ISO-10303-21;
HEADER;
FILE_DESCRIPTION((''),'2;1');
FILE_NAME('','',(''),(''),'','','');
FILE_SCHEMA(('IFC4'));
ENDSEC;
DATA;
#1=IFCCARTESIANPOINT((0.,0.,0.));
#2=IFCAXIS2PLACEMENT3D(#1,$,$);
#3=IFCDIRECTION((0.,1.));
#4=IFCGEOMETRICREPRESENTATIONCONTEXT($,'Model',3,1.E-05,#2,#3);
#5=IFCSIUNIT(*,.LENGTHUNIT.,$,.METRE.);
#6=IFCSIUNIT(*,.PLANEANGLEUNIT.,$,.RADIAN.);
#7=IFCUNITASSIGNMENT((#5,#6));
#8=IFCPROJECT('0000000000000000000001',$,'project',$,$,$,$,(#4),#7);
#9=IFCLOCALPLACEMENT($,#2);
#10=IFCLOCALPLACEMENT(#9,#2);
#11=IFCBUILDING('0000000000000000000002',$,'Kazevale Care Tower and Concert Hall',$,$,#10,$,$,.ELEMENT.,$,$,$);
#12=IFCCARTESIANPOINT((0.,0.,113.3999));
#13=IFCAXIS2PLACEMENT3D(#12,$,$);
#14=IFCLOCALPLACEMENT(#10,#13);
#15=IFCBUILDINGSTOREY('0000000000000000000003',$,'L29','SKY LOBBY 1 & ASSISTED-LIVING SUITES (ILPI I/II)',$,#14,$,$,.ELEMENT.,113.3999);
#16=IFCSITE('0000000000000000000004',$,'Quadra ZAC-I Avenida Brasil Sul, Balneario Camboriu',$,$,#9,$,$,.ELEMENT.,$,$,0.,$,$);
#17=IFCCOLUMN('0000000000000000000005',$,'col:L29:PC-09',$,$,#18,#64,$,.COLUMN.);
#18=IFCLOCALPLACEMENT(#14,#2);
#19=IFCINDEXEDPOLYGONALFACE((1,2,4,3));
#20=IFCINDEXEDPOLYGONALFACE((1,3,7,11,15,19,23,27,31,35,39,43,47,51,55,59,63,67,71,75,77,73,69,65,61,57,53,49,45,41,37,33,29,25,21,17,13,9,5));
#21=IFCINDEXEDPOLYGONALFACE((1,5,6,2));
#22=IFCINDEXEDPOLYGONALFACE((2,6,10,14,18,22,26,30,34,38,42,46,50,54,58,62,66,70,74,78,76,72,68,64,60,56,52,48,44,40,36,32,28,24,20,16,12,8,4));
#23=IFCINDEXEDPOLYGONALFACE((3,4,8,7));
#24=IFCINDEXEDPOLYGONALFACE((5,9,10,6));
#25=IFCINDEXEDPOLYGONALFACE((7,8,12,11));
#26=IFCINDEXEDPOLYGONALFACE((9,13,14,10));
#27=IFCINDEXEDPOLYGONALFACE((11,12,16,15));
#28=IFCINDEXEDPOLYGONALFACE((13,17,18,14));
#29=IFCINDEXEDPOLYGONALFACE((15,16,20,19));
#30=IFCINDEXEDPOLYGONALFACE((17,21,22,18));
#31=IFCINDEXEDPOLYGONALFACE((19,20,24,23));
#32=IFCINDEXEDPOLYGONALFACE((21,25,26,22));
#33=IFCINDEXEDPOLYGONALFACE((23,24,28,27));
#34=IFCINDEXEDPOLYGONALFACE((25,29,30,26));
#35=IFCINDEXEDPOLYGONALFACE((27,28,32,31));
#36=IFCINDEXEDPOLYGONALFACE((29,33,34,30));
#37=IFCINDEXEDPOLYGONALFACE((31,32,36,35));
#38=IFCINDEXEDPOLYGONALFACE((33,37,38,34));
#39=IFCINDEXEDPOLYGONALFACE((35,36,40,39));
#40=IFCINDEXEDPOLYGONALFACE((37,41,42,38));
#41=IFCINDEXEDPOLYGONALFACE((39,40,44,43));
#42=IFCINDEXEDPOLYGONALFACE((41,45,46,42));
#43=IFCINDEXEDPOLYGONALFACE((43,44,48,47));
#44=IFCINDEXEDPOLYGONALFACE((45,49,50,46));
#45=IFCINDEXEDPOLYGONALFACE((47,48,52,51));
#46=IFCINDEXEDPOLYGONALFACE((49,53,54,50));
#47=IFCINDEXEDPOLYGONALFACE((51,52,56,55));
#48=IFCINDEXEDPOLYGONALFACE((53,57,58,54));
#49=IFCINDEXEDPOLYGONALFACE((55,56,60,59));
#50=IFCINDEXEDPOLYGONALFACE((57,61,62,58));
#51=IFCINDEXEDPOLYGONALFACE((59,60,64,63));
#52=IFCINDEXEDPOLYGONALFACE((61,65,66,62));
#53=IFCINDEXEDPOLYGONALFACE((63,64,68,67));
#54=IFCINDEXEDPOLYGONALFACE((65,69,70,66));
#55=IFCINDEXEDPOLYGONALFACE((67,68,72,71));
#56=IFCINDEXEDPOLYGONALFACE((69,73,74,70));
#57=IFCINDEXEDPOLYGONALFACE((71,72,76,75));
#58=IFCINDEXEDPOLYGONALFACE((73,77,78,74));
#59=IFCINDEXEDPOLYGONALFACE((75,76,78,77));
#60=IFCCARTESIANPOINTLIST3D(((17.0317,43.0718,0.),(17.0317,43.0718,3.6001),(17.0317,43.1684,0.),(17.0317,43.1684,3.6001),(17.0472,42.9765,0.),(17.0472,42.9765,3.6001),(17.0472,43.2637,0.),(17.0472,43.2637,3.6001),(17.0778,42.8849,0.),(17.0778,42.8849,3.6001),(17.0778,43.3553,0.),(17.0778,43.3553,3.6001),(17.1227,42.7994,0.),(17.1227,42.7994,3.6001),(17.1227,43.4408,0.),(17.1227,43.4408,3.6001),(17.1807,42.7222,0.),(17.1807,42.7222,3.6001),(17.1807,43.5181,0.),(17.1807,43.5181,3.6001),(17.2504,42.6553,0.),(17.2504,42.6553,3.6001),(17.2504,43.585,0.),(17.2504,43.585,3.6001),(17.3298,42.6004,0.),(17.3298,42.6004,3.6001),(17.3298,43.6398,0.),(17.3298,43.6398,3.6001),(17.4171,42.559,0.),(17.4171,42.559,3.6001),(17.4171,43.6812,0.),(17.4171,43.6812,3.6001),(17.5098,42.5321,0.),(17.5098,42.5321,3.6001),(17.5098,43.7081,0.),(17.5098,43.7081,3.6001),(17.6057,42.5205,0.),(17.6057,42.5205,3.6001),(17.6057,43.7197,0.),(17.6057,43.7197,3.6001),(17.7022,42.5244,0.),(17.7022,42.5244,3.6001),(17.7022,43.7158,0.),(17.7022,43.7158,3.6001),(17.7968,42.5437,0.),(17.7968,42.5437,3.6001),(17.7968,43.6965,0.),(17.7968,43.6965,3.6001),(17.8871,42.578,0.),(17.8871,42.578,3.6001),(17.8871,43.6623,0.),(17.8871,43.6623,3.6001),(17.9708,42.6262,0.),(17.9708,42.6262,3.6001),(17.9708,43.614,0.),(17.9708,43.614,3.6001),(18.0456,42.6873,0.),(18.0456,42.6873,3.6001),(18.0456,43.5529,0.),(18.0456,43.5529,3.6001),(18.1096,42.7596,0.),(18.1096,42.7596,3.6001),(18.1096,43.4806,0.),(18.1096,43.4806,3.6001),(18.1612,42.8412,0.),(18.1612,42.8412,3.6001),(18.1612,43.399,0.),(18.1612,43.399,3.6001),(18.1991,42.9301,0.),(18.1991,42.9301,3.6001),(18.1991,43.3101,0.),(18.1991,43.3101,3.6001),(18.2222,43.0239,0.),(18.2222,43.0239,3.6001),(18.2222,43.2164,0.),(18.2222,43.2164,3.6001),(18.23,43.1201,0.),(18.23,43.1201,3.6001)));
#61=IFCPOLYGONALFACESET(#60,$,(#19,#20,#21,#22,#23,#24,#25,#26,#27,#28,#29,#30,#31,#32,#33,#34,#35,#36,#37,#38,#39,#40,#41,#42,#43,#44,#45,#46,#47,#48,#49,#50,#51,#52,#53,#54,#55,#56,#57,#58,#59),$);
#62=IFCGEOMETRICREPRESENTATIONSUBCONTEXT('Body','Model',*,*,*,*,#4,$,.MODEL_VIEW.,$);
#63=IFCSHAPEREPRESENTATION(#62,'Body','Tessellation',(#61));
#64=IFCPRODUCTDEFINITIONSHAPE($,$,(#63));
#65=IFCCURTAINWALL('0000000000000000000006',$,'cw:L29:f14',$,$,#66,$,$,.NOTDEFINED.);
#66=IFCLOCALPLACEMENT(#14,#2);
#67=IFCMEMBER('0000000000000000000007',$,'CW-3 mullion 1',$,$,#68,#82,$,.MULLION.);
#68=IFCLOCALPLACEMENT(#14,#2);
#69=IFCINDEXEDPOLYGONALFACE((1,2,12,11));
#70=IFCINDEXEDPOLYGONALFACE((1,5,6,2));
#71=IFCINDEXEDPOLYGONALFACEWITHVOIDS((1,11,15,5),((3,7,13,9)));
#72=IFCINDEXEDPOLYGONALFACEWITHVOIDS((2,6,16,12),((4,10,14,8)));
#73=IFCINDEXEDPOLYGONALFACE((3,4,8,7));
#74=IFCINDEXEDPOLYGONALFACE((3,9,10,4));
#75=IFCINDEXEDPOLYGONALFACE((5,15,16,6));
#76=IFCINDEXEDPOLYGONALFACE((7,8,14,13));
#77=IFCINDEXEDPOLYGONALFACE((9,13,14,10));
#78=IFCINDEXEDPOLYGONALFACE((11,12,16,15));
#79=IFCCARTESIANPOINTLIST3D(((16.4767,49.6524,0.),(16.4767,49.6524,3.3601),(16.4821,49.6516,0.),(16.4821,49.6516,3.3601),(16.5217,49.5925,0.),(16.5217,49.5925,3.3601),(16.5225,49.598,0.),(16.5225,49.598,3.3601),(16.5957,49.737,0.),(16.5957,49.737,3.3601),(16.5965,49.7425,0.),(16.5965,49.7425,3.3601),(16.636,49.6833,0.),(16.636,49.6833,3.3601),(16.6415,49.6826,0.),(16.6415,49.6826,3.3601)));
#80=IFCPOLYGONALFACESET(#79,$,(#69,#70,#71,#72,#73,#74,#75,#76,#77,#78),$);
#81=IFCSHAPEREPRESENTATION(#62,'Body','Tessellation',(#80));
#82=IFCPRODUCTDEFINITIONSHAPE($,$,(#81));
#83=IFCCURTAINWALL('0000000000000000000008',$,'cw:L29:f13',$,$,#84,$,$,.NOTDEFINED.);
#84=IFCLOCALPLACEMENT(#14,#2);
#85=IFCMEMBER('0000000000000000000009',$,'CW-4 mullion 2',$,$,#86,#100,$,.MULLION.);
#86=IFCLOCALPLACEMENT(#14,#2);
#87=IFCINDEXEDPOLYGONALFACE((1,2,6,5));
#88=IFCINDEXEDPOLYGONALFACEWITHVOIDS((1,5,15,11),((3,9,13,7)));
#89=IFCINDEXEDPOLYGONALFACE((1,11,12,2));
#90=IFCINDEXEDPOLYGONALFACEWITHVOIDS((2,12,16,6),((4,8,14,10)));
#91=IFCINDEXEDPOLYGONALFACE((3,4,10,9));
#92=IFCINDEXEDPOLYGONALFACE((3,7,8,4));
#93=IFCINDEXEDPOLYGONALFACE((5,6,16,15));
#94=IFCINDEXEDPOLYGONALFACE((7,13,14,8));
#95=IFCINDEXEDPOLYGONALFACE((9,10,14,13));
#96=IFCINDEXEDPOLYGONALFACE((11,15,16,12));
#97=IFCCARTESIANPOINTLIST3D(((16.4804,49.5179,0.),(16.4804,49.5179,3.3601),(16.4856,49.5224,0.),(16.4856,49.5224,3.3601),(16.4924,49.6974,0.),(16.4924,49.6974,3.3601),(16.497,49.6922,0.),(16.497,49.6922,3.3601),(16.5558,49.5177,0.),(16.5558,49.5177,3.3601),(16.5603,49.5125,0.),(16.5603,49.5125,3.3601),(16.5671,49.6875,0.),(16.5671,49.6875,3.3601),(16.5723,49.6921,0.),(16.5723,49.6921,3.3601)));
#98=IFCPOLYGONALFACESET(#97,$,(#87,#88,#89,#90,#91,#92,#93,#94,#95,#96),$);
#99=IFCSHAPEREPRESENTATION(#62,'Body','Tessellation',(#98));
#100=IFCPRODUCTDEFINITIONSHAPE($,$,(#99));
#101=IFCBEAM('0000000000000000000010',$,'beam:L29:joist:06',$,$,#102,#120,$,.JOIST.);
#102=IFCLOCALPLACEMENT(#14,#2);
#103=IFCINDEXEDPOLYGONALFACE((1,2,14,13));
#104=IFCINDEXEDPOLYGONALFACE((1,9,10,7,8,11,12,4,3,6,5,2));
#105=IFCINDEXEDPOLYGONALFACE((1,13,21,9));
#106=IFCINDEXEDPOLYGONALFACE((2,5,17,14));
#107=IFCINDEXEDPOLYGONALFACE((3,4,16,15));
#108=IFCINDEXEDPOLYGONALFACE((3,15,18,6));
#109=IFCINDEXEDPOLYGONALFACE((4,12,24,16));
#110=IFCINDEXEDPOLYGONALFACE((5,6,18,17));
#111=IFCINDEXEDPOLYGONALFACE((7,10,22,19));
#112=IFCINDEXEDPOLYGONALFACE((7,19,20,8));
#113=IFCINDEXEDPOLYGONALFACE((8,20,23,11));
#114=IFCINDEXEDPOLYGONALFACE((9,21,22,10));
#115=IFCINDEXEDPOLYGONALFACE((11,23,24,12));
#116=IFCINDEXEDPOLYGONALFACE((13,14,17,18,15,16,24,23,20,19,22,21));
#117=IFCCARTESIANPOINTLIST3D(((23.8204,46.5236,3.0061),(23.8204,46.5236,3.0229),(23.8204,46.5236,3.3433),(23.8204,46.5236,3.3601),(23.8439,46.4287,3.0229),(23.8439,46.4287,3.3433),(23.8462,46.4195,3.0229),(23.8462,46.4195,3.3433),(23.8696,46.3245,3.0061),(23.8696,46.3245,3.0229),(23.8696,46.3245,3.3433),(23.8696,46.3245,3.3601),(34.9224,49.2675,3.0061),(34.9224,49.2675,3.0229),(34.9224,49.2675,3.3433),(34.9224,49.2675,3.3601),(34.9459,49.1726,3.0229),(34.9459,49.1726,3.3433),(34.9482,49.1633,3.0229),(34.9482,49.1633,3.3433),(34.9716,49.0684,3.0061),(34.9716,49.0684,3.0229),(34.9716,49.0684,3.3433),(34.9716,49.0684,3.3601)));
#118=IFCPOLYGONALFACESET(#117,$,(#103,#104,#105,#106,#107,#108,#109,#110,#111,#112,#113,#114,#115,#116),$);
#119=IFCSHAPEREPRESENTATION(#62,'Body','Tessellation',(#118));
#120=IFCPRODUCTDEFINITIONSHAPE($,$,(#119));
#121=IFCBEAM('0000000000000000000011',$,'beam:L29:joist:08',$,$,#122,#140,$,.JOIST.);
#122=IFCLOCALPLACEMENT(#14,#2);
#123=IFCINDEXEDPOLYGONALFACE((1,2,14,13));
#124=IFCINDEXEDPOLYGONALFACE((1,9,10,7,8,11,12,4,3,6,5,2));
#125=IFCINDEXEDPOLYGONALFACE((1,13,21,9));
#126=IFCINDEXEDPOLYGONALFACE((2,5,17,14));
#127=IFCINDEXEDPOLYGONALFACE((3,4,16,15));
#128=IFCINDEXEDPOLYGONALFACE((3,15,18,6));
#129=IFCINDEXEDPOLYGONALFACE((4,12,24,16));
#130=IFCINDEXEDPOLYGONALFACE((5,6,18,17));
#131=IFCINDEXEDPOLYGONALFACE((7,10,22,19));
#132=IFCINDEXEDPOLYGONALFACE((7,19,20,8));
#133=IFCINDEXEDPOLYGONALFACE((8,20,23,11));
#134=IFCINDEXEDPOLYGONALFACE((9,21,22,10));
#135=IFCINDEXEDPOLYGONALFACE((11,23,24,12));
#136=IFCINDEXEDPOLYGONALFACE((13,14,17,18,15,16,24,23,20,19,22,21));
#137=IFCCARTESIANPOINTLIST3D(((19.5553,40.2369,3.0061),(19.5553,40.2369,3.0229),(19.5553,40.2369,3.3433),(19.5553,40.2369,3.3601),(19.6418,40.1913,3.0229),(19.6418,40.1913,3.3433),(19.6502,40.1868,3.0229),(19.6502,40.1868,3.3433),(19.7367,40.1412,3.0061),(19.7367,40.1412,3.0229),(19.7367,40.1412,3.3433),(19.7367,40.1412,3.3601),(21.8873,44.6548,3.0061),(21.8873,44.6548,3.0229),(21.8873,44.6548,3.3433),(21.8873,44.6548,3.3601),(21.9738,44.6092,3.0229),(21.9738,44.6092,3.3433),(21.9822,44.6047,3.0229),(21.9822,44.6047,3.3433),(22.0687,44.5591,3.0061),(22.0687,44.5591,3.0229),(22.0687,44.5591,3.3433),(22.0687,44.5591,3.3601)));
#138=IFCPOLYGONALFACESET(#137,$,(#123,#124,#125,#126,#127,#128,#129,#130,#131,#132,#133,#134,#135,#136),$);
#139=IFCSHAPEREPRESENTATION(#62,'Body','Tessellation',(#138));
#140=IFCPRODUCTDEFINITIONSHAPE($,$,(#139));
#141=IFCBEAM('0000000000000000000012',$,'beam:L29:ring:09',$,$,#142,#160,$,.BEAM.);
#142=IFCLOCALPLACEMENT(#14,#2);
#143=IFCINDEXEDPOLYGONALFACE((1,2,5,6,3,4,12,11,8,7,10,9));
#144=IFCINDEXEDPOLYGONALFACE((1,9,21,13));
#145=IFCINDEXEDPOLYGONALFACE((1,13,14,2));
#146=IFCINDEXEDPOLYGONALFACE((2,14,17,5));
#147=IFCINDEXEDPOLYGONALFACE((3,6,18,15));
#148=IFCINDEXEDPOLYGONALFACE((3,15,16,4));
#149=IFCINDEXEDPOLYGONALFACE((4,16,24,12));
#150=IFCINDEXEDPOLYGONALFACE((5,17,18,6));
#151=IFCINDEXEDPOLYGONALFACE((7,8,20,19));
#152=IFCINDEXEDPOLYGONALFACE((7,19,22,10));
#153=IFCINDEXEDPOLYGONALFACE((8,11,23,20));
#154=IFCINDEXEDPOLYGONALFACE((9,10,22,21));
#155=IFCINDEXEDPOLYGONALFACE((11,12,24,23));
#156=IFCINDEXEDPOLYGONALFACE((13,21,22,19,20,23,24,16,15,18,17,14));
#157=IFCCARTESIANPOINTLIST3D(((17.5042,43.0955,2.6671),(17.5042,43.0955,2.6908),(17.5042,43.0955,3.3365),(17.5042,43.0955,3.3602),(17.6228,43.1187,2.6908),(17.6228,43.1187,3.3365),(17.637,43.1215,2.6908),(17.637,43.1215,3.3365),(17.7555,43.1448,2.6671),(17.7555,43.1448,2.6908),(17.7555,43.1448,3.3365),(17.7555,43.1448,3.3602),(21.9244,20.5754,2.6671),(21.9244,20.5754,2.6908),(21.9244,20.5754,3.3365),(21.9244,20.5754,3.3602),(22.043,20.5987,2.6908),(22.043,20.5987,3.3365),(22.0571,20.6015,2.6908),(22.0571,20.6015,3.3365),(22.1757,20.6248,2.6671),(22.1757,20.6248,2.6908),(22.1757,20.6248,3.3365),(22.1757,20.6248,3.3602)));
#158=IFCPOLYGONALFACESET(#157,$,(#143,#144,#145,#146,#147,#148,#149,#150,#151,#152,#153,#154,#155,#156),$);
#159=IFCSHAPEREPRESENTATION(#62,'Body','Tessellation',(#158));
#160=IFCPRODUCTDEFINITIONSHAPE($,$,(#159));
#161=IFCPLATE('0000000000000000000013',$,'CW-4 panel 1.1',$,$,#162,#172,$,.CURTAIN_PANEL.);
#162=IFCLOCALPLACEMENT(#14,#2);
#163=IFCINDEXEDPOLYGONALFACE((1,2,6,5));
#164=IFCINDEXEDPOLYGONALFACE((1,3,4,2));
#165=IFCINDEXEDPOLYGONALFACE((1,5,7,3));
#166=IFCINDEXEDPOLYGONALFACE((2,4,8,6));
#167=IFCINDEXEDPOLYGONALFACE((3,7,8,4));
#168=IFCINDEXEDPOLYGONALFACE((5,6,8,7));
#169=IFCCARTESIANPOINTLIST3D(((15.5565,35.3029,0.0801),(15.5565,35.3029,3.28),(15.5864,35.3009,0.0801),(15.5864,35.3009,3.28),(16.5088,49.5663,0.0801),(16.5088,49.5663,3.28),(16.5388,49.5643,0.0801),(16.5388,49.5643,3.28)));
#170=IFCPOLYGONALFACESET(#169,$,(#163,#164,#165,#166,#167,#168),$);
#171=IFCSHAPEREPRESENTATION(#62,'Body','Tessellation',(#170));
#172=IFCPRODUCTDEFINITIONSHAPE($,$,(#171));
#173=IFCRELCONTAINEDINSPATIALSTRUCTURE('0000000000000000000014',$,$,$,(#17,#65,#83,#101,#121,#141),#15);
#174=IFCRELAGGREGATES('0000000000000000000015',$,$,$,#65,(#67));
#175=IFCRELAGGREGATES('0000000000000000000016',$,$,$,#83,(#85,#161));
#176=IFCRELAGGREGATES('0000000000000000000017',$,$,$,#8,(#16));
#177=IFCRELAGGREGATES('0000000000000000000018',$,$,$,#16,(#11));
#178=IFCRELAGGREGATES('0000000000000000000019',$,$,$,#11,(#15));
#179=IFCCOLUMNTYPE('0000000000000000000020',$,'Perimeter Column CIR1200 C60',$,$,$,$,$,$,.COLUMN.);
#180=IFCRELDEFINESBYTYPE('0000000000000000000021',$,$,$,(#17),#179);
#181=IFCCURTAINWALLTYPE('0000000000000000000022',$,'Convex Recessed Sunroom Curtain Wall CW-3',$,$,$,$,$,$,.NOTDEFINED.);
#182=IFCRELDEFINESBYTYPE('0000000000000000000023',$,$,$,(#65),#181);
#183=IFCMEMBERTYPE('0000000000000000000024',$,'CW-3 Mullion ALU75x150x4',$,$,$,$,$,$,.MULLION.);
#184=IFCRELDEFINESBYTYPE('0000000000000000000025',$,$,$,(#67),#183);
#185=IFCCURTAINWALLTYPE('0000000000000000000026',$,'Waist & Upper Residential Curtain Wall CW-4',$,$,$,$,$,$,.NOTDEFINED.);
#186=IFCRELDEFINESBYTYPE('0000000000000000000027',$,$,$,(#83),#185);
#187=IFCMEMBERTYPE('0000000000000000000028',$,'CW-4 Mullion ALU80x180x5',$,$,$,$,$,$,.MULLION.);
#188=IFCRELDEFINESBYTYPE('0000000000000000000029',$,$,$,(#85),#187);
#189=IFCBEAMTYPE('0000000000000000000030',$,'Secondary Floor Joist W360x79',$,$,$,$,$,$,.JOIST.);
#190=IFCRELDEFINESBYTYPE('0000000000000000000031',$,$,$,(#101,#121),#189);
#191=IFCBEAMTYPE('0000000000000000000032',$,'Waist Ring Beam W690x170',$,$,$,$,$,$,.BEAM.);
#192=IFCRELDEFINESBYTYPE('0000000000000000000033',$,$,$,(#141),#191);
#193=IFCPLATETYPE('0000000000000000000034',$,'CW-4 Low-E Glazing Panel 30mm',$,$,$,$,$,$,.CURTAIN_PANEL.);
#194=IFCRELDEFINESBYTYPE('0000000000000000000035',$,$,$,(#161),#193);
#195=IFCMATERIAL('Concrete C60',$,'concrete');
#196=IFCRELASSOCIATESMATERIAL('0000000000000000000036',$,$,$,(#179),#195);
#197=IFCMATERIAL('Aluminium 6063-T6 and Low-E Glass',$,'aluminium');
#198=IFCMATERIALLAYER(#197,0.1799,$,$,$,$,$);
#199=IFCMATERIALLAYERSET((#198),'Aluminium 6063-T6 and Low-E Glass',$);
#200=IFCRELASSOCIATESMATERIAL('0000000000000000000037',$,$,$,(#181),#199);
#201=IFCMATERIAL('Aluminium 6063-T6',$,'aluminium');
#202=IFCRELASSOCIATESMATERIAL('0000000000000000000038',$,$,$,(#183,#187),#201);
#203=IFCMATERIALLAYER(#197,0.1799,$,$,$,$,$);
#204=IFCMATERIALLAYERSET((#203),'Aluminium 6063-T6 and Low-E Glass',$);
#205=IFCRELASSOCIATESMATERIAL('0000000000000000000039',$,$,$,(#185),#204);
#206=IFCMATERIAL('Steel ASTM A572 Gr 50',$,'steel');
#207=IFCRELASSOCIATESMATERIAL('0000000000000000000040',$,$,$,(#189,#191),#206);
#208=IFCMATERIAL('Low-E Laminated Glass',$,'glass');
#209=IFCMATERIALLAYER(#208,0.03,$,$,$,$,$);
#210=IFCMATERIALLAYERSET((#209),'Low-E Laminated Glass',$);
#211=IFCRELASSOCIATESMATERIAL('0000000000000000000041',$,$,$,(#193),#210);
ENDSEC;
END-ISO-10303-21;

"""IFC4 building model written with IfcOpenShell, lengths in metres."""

from ifc_helpers import new_model, si_unit, direction, frame, origin, origin_2d, place, context, subcontext, project, spatial, rectangle, hollow_rectangle, circle, i_section, extrude, material, layer, layer_set, material_profile, profile_set, type_object, element, aggregate, save


model = new_model("IFC4")

# Units and contexts
model_context = context("Model", 3, precision=1e-05, world=origin(), true_north=direction((0.0, 1.0)))
body_context = subcontext(model_context, "Body", "Model", "MODEL_VIEW")
ifc_project = project(units=[si_unit("LENGTHUNIT", "METRE"), si_unit("PLANEANGLEUNIT", "RADIAN")], contexts=[model_context])

# Site, building, storey
site_placement = place(None, origin())
site = spatial("IfcSite", under=ifc_project, at=site_placement, Name="Quadra ZAC-I Avenida Brasil Sul, Balneario Camboriu", CompositionType="ELEMENT", RefElevation=0.0)
building_placement = place(site_placement, origin())
building = spatial("IfcBuilding", under=site, at=building_placement, Name="Kazevale Care Tower and Concert Hall", CompositionType="ELEMENT")
storey_placement = place(building_placement, frame((0.0, 0.0, 113.3999)))
storey = spatial("IfcBuildingStorey", under=building, at=storey_placement, Name="L29", Description="SKY LOBBY 1 & ASSISTED-LIVING SUITES (ILPI I/II)", CompositionType="ELEMENT", Elevation=113.3999)

# Column
ifc_material_1 = material(Name="Concrete C60", Category="concrete")
ifc_material_profile_1 = material_profile(ifc_material_1, circle(Radius=0.6001, at=origin_2d()), Name="RC-CIR1200")
ifc_profile_set_1 = profile_set([ifc_material_profile_1], Name="Concrete C60")
column_type = type_object("IfcColumnType", Name="Perimeter Column CIR1200 C60", PredefinedType="COLUMN", material=ifc_profile_set_1)
column_placement = place(storey_placement, frame((17.6299, 43.1201, 0.0), z_axis=(0.0, 0.0, 1.0), x_axis=(1.0, 0.0, 0.0)))
element("IfcColumn", 1, at=column_placement, inside=storey, type_object=column_type, Name="col:L29:PC-09", PredefinedType="COLUMN", context=body_context, shape_type="SweptSolid", body=[
    extrude(circle(Radius=0.6001, at=origin_2d()), origin(), (0.0, 0.0, 1.0), 3.6001),
])

# Curtain walls, members
ifc_material_2 = material(Name="Aluminium 6063-T6 and Low-E Glass", Category="aluminium")
ifc_layer_1 = layer(ifc_material_2, 0.1799)
ifc_layer_set_1 = layer_set([ifc_layer_1], Name="Aluminium 6063-T6 and Low-E Glass")
curtain_wall_type_1 = type_object("IfcCurtainWallType", Name="Convex Recessed Sunroom Curtain Wall CW-3", PredefinedType="NOTDEFINED", material=ifc_layer_set_1)
curtain_wall_1_placement = place(storey_placement, origin())
curtain_wall_1 = element("IfcCurtainWall", 2, at=curtain_wall_1_placement, inside=storey, type_object=curtain_wall_type_1, Name="cw:L29:f14", PredefinedType="NOTDEFINED")
ifc_material_3 = material(Name="Aluminium 6063-T6", Category="aluminium")
ifc_material_profile_2 = material_profile(ifc_material_3, hollow_rectangle(XDim=0.075, YDim=0.1499, WallThickness=0.0039, at=origin_2d()), Name="ALU75x150x4")
ifc_profile_set_2 = profile_set([ifc_material_profile_2], Name="Aluminium 6063-T6")
member_type_1 = type_object("IfcMemberType", Name="CW-3 Mullion ALU75x150x4", PredefinedType="MULLION", material=ifc_profile_set_2)
member_1_placement = place(storey_placement, frame((16.5591, 49.6675, 0.0), z_axis=(0.0, 0.0, 1.0), x_axis=(-0.600798, 0.799401, 0.0)))
member_1 = element("IfcMember", 3, at=member_1_placement, type_object=member_type_1, Name="CW-3 mullion 1", PredefinedType="MULLION", context=body_context, shape_type="SweptSolid", body=[
    extrude(hollow_rectangle(XDim=0.075, YDim=0.1499, WallThickness=0.0039, at=origin_2d()), origin(), (0.0, 0.0, 1.0), 3.3601),
])
aggregate(curtain_wall_1, [member_1])
ifc_layer_2 = layer(ifc_material_2, 0.1799)
ifc_layer_set_2 = layer_set([ifc_layer_2], Name="Aluminium 6063-T6 and Low-E Glass")
curtain_wall_type_2 = type_object("IfcCurtainWallType", Name="Waist & Upper Residential Curtain Wall CW-4", PredefinedType="NOTDEFINED", material=ifc_layer_set_2)
curtain_wall_2_placement = place(storey_placement, origin())
curtain_wall_2 = element("IfcCurtainWall", 4, at=curtain_wall_2_placement, inside=storey, type_object=curtain_wall_type_2, Name="cw:L29:f13", PredefinedType="NOTDEFINED")
ifc_material_profile_3 = material_profile(ifc_material_3, hollow_rectangle(XDim=0.0801, YDim=0.1799, WallThickness=0.0049, at=origin_2d()), Name="ALU80x180x5")
ifc_profile_set_3 = profile_set([ifc_material_profile_3], Name="Aluminium 6063-T6")
member_type_2 = type_object("IfcMemberType", Name="CW-4 Mullion ALU80x180x5", PredefinedType="MULLION", material=ifc_profile_set_3)
member_2_placement = place(storey_placement, frame((16.5264, 49.605, 0.0), z_axis=(0.0, 0.0, 1.0), x_axis=(-0.997778, 0.06662, 0.0)))
member_2 = element("IfcMember", 5, at=member_2_placement, type_object=member_type_2, Name="CW-4 mullion 2", PredefinedType="MULLION", context=body_context, shape_type="SweptSolid", body=[
    extrude(hollow_rectangle(XDim=0.0801, YDim=0.1799, WallThickness=0.0049, at=origin_2d()), origin(), (0.0, 0.0, 1.0), 3.3601),
])

# Beams
ifc_material_4 = material(Name="Steel ASTM A572 Gr 50", Category="steel")
ifc_material_profile_4 = material_profile(ifc_material_4, i_section(OverallWidth=0.2051, OverallDepth=0.354, WebThickness=0.0095, FlangeThickness=0.0168, at=origin_2d()), Name="W360x79")
ifc_profile_set_4 = profile_set([ifc_material_profile_4], Name="Steel ASTM A572 Gr 50")
beam_type_1 = type_object("IfcBeamType", Name="Secondary Floor Joist W360x79", PredefinedType="JOIST", material=ifc_profile_set_4)
beam_1_placement = place(storey_placement, frame((34.947, 49.168, 3.1831), z_axis=(-0.97079, -0.239933, 0.0), x_axis=(0.239933, -0.97079, 0.0)))
element("IfcBeam", 6, at=beam_1_placement, inside=storey, type_object=beam_type_1, Name="beam:L29:joist:06", PredefinedType="JOIST", context=body_context, shape_type="SweptSolid", body=[
    extrude(i_section(OverallWidth=0.2051, OverallDepth=0.354, WebThickness=0.0095, FlangeThickness=0.0168, at=origin_2d()), origin(), (0.0, 0.0, 1.0), 11.436),
])
beam_2_placement = place(storey_placement, frame((21.978, 44.6069, 3.1831), z_axis=(-0.46681, -0.884358, 0.0), x_axis=(0.884358, -0.46681, 0.0)))
element("IfcBeam", 7, at=beam_2_placement, inside=storey, type_object=beam_type_1, Name="beam:L29:joist:08", PredefinedType="JOIST", context=body_context, shape_type="SweptSolid", body=[
    extrude(i_section(OverallWidth=0.2051, OverallDepth=0.354, WebThickness=0.0095, FlangeThickness=0.0168, at=origin_2d()), origin(), (0.0, 0.0, 1.0), 4.9956),
])
ifc_material_profile_5 = material_profile(ifc_material_4, i_section(OverallWidth=0.2561, OverallDepth=0.6931, WebThickness=0.0144, FlangeThickness=0.0237, at=origin_2d()), Name="W690x170")
ifc_profile_set_5 = profile_set([ifc_material_profile_5], Name="Steel ASTM A572 Gr 50")
beam_type_2 = type_object("IfcBeamType", Name="Waist Ring Beam W690x170", PredefinedType="BEAM", material=ifc_profile_set_5)
beam_3_placement = place(storey_placement, frame((17.6299, 43.1201, 3.0137), z_axis=(0.192602, -0.981277, 0.0), x_axis=(0.981277, 0.192602, 0.0)))
element("IfcBeam", 8, at=beam_3_placement, inside=storey, type_object=beam_type_2, Name="beam:L29:ring:09", PredefinedType="BEAM", context=body_context, shape_type="SweptSolid", body=[
    extrude(i_section(OverallWidth=0.2561, OverallDepth=0.6931, WebThickness=0.0144, FlangeThickness=0.0237, at=origin_2d()), origin(), (0.0, 0.0, 1.0), 22.9497),
])

# Plate
ifc_material_5 = material(Name="Low-E Laminated Glass", Category="glass")
ifc_layer_3 = layer(ifc_material_5, 0.03)
ifc_layer_set_3 = layer_set([ifc_layer_3], Name="Low-E Laminated Glass")
plate_type = type_object("IfcPlateType", Name="CW-4 Low-E Glazing Panel 30mm", PredefinedType="CURTAIN_PANEL", material=ifc_layer_set_3)
plate_placement = place(storey_placement, frame((16.0476, 42.4336, 0.0801), z_axis=(0.0, 0.0, 1.0), x_axis=(0.06662, 0.997778, 0.0)))
plate = element("IfcPlate", 9, at=plate_placement, type_object=plate_type, Name="CW-4 panel 1.1", PredefinedType="CURTAIN_PANEL", context=body_context, shape_type="SweptSolid", body=[
    extrude(rectangle(XDim=14.2952, YDim=0.03, at=origin_2d()), origin(), (0.0, 0.0, 1.0), 3.2),
])
aggregate(curtain_wall_2, [member_2, plate])

save(model, "model.ifc")
